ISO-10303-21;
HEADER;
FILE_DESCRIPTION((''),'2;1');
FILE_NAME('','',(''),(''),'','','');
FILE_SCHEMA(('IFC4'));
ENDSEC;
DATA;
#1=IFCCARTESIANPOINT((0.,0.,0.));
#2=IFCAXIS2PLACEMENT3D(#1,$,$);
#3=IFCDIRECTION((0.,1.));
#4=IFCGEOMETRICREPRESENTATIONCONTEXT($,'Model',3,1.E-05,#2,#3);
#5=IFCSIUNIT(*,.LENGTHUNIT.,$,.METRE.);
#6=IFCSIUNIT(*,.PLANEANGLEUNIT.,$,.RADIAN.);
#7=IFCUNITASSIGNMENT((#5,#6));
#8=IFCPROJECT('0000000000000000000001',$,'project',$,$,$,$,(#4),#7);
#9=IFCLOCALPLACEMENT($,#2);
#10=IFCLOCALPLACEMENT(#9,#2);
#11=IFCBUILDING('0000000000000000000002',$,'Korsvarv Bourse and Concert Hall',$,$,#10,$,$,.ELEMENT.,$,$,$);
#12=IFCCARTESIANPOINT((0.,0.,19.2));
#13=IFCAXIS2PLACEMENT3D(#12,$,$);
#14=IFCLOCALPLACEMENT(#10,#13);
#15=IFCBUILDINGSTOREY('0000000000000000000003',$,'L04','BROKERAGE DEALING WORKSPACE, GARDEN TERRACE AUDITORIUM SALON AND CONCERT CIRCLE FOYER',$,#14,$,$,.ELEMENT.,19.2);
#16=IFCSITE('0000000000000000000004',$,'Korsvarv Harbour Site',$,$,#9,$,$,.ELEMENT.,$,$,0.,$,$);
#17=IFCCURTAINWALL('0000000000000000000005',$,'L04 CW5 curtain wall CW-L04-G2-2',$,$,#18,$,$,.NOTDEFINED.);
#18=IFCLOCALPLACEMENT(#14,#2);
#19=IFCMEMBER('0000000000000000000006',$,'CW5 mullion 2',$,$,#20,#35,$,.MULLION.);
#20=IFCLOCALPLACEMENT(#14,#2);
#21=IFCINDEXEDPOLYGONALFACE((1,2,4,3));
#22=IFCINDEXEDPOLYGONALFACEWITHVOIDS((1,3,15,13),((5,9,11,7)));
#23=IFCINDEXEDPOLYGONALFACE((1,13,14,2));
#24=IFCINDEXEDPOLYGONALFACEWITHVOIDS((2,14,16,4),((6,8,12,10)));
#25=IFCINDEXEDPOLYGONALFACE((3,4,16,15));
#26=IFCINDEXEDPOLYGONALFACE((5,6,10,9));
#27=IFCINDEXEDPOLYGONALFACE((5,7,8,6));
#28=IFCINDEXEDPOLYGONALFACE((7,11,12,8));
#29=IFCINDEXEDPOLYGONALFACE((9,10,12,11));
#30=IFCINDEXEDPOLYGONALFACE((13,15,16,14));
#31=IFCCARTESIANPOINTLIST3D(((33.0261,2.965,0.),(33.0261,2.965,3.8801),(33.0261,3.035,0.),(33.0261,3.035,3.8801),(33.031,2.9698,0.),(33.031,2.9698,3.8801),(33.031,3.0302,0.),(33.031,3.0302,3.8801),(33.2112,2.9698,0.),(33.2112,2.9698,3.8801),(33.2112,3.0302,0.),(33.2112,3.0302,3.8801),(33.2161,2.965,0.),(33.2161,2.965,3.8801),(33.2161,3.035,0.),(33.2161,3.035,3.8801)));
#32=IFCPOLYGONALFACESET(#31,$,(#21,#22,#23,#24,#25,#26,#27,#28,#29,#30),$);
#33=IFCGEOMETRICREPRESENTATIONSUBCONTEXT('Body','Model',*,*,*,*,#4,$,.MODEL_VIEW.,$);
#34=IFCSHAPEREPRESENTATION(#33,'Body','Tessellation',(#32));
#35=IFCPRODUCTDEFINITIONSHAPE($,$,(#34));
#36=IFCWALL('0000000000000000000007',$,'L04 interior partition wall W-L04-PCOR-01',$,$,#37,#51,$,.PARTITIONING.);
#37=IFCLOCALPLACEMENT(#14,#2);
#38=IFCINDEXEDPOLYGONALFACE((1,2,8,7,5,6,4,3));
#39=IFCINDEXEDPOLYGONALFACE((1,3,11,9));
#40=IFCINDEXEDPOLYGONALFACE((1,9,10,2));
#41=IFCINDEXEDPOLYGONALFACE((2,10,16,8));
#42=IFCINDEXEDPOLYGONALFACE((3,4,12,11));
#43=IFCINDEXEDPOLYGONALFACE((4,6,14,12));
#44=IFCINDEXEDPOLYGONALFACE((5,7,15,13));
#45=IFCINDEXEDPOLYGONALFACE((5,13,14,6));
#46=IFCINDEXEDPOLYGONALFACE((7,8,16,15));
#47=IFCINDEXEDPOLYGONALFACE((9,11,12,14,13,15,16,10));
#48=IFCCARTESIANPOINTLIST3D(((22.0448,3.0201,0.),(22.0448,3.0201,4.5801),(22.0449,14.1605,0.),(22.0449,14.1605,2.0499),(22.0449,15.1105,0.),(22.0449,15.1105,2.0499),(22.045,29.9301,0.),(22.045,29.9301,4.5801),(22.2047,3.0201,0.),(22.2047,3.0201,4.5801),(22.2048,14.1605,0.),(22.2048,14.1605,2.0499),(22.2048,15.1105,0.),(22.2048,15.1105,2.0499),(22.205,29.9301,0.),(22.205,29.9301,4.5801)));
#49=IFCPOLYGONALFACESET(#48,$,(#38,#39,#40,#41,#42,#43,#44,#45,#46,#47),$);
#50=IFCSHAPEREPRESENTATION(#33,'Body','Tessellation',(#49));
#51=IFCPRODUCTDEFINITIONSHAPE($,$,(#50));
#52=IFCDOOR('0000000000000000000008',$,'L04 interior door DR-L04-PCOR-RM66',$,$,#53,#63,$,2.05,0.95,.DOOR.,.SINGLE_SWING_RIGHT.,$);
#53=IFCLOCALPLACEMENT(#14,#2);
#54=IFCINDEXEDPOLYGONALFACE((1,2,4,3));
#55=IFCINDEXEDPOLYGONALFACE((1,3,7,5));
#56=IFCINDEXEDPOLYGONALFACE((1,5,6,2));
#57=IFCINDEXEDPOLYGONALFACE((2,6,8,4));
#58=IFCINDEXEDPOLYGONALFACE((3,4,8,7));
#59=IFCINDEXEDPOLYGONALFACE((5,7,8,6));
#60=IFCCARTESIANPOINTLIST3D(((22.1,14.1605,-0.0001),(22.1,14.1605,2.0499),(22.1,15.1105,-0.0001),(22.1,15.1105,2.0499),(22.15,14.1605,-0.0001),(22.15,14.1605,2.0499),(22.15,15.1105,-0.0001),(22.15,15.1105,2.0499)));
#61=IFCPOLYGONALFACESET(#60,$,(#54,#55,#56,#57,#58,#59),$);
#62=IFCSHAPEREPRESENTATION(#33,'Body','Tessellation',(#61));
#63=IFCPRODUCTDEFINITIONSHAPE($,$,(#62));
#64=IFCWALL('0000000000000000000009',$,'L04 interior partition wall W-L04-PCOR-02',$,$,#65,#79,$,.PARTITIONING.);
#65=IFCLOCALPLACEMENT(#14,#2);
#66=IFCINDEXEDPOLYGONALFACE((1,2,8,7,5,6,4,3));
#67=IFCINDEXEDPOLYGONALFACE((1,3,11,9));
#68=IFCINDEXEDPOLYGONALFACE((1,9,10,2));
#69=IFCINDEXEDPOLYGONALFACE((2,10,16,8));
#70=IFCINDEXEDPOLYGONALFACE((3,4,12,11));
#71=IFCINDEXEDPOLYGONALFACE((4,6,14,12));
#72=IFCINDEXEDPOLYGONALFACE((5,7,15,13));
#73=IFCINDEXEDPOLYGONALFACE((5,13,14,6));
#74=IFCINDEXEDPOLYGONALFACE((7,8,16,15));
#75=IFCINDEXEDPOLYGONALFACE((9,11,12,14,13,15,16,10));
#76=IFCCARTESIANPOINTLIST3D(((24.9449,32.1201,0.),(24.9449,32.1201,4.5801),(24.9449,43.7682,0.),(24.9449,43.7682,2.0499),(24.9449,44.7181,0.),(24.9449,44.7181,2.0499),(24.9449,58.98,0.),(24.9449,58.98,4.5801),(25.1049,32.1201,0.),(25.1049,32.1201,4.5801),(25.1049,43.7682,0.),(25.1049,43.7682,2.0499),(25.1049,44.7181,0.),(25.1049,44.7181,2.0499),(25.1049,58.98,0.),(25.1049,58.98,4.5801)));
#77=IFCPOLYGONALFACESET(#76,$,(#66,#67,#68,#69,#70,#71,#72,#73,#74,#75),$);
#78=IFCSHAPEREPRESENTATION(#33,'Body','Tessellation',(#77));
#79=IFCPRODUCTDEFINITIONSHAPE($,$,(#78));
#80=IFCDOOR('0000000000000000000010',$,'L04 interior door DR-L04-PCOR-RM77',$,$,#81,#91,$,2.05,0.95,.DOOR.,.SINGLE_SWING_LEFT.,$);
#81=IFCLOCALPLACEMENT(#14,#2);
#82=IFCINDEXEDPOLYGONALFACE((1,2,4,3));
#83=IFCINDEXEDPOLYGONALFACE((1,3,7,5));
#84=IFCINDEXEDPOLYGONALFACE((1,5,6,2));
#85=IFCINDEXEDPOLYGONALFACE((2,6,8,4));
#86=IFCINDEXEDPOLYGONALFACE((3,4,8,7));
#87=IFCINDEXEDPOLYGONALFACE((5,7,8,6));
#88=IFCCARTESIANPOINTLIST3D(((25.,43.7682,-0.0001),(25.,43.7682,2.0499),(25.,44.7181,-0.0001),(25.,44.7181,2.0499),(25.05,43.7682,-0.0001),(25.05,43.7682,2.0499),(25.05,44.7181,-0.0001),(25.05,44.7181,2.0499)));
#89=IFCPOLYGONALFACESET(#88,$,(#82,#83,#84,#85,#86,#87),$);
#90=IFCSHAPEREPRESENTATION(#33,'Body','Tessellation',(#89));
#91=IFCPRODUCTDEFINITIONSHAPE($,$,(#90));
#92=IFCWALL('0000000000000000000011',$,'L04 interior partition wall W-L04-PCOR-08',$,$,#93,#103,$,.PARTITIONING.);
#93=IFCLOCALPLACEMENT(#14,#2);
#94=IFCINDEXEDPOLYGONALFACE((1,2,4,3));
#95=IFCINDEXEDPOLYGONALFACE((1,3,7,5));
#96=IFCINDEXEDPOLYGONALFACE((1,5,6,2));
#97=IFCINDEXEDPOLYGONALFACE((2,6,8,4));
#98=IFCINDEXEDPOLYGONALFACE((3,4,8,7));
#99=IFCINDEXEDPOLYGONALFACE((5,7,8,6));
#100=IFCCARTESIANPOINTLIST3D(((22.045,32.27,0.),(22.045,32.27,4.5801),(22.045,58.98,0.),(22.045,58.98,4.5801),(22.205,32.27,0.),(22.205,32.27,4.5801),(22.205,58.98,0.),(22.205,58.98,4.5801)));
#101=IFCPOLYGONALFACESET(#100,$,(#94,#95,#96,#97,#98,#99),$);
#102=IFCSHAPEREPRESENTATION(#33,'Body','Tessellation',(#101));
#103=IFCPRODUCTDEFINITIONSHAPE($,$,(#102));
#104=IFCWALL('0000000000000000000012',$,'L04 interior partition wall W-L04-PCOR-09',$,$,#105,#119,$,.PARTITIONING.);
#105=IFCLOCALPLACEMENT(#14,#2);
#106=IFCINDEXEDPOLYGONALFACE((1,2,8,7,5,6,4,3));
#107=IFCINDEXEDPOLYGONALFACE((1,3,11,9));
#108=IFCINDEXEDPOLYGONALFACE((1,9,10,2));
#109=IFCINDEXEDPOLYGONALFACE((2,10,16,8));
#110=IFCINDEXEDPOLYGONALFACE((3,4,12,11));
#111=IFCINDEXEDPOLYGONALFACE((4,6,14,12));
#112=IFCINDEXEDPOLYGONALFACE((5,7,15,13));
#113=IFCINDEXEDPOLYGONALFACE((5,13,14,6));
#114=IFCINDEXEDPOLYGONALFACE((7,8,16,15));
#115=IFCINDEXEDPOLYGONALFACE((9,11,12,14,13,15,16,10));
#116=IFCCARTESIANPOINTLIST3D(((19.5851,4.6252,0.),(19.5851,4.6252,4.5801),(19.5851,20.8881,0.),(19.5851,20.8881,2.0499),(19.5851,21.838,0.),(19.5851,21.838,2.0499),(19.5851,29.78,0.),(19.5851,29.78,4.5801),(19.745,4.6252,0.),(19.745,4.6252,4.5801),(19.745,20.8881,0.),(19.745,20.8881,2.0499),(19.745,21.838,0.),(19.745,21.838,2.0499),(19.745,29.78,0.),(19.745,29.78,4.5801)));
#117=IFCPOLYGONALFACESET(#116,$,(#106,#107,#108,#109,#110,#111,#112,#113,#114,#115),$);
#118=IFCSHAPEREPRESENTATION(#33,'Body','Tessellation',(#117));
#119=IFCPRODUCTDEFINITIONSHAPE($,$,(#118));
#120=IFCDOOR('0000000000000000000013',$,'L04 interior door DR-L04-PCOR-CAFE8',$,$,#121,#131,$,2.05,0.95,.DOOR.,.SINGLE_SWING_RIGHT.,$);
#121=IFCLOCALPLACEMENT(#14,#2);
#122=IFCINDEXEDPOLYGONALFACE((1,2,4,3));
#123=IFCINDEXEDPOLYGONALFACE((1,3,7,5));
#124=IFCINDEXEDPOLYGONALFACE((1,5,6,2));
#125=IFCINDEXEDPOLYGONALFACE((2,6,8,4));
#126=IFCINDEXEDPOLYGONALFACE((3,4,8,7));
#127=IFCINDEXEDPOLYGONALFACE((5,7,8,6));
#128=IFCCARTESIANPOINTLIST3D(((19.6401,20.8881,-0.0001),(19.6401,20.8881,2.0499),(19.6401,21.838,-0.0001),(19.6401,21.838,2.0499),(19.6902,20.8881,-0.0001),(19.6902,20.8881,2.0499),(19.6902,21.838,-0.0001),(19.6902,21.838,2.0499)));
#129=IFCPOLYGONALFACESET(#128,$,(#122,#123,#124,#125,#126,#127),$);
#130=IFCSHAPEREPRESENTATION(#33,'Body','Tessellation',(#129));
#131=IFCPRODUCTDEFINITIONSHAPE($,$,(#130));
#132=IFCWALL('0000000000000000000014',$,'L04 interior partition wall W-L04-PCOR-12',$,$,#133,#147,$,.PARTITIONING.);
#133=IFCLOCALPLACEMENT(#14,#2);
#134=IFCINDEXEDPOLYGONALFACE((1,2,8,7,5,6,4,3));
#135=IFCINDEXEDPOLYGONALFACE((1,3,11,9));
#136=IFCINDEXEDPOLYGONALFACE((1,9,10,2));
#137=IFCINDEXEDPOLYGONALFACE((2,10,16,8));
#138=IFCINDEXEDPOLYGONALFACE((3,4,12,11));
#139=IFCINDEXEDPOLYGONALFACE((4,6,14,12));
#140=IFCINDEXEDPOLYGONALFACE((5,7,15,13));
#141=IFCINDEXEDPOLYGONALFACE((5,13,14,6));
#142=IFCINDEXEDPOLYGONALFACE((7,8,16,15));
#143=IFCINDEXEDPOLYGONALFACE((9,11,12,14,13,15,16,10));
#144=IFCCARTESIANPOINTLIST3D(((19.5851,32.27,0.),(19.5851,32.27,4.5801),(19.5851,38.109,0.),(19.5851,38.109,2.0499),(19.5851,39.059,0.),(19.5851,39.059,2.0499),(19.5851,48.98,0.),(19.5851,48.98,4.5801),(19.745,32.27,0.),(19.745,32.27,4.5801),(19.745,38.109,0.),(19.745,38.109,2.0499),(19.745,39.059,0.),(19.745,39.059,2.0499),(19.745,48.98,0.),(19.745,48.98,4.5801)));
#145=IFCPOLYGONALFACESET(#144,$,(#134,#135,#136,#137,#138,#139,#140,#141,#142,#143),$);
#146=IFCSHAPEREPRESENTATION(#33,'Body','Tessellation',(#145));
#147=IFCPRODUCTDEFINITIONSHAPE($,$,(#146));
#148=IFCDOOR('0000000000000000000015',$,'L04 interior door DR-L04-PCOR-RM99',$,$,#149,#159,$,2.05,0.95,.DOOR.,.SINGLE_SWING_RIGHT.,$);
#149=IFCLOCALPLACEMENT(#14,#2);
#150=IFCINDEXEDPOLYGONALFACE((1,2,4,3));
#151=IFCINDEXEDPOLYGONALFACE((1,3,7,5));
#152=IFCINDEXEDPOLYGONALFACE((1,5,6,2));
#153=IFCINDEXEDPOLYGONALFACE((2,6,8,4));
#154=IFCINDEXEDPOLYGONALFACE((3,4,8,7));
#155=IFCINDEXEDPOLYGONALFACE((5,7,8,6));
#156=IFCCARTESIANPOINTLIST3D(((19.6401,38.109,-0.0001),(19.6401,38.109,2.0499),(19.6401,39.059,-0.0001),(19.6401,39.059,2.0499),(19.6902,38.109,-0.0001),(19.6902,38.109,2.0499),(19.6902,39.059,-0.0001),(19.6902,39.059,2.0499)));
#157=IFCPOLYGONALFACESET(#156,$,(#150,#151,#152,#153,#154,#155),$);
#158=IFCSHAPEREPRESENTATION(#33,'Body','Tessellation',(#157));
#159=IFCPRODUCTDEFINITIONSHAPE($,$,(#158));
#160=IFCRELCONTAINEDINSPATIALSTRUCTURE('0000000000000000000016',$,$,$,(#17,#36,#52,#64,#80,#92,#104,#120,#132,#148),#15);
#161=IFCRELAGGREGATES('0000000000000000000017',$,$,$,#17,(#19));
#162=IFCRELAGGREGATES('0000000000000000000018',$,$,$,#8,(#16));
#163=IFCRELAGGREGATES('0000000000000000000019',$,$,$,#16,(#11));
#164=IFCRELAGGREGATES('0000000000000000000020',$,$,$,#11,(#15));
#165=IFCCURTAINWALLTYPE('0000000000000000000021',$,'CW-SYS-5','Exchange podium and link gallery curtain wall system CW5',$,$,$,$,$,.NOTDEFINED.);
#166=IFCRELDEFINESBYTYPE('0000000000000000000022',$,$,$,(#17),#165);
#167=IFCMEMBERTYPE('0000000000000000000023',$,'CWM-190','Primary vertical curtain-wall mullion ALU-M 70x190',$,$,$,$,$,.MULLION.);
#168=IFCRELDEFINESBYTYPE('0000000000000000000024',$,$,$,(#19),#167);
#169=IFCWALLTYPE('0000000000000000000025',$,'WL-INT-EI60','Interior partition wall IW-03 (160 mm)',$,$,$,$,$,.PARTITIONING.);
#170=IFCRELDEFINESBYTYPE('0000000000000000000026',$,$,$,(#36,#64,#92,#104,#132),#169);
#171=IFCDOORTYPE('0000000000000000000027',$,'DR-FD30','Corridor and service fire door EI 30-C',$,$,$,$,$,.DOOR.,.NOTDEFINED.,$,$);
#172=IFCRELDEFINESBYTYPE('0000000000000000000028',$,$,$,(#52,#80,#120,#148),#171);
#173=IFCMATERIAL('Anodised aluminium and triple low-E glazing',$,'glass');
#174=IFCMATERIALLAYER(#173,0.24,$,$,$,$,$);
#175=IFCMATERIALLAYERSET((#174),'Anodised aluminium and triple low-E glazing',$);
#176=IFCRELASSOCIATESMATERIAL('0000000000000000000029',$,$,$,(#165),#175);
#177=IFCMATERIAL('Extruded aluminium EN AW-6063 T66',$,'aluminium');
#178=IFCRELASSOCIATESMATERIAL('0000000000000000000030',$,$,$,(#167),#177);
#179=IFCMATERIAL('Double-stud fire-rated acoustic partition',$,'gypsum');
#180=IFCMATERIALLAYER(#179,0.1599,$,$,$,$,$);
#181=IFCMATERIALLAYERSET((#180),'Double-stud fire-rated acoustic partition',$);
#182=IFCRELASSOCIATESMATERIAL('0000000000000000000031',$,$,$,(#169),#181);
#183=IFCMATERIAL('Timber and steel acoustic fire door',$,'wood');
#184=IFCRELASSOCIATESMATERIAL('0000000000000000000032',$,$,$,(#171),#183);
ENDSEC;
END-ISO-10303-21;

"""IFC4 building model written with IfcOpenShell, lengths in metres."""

from ifc_helpers import new_model, si_unit, direction, frame, frame_2d, origin, origin_2d, place, context, subcontext, project, spatial, rectangle, hollow_rectangle, extrude, source, transform, mapped, material, layer, layer_set, material_profile, profile_set, type_object, element, fill, aggregate, save


model = new_model("IFC4")

# Units and contexts
model_context = context("Model", 3, precision=1e-05, world=origin(), true_north=direction((0.0, 1.0)))
body_context = subcontext(model_context, "Body", "Model", "MODEL_VIEW")
ifc_project = project(units=[si_unit("LENGTHUNIT", "METRE"), si_unit("PLANEANGLEUNIT", "RADIAN")], contexts=[model_context])

# Site, building, storey
site_placement = place(None, origin())
site = spatial("IfcSite", under=ifc_project, at=site_placement, Name="Korsvarv Harbour Site", CompositionType="ELEMENT", RefElevation=0.0)
building_placement = place(site_placement, origin())
building = spatial("IfcBuilding", under=site, at=building_placement, Name="Korsvarv Bourse and Concert Hall", CompositionType="ELEMENT")
storey_placement = place(building_placement, frame((0.0, 0.0, 19.2)))
storey = spatial("IfcBuildingStorey", under=building, at=storey_placement, Name="L04", Description="BROKERAGE DEALING WORKSPACE, GARDEN TERRACE AUDITORIUM SALON AND CONCERT CIRCLE FOYER", CompositionType="ELEMENT", Elevation=19.2)

# Curtain wall, member
ifc_material_1 = material(Name="Anodised aluminium and triple low-E glazing", Category="glass")
ifc_layer_1 = layer(ifc_material_1, 0.24)
ifc_layer_set_1 = layer_set([ifc_layer_1], Name="Anodised aluminium and triple low-E glazing")
curtain_wall_type = type_object("IfcCurtainWallType", Name="CW-SYS-5", Description="Exchange podium and link gallery curtain wall system CW5", PredefinedType="NOTDEFINED", material=ifc_layer_set_1)
curtain_wall_placement = place(storey_placement, origin())
curtain_wall = element("IfcCurtainWall", 1, at=curtain_wall_placement, inside=storey, type_object=curtain_wall_type, Name="L04 CW5 curtain wall CW-L04-G2-2", PredefinedType="NOTDEFINED")
ifc_material_2 = material(Name="Extruded aluminium EN AW-6063 T66", Category="aluminium")
ifc_material_profile_1 = material_profile(ifc_material_2, hollow_rectangle(XDim=0.0701, YDim=0.1899, WallThickness=0.0049, at=origin_2d()), Name="ALU-M 70x190")
ifc_profile_set_1 = profile_set([ifc_material_profile_1], Name="Extruded aluminium EN AW-6063 T66")
member_type = type_object("IfcMemberType", Name="CWM-190", Description="Primary vertical curtain-wall mullion ALU-M 70x190", PredefinedType="MULLION", material=ifc_profile_set_1)
shared_shape_1 = source(origin(), body_context, "Body", "SweptSolid", [
    extrude(hollow_rectangle(XDim=0.0701, YDim=0.1899, WallThickness=0.0049, at=origin_2d()), origin(), (0.0, 0.0, 1.0), 3.8801),
])
member_placement = place(storey_placement, frame((33.1211, 3.0, 0.0), z_axis=(0.0, 0.0, 1.0), x_axis=(0.0, 1.0, 0.0)))
member = element("IfcMember", 2, at=member_placement, type_object=member_type, Name="CW5 mullion 2", PredefinedType="MULLION", context=body_context, shape_type="MappedRepresentation", body=[
    mapped(shared_shape_1, transform((0.0, 0.0, 0.0), scale=1.0)),
])
aggregate(curtain_wall, [member])

# Walls, openings, doors
ifc_material_3 = material(Name="Double-stud fire-rated acoustic partition", Category="gypsum")
ifc_layer_2 = layer(ifc_material_3, 0.1599)
ifc_layer_set_2 = layer_set([ifc_layer_2], Name="Double-stud fire-rated acoustic partition")
wall_type = type_object("IfcWallType", Name="WL-INT-EI60", Description="Interior partition wall IW-03 (160 mm)", PredefinedType="PARTITIONING", material=ifc_layer_set_2)
wall_1_placement = place(storey_placement, frame((22.1248, 3.02, 0.0), z_axis=(0.0, 0.0, 1.0), x_axis=(0.000009, 1.0, 0.0)))
wall_1 = element("IfcWall", 3, at=wall_1_placement, inside=storey, type_object=wall_type, Name="L04 interior partition wall W-L04-PCOR-01", PredefinedType="PARTITIONING", context=body_context, shape_type="SweptSolid", body=[
    extrude(rectangle(XDim=26.9099, YDim=0.1599, at=frame_2d((13.4551, 0.0))), origin(), (0.0, 0.0, 1.0), 4.5801),
])
opening_1_placement = place(wall_1_placement, frame((11.1404, 0.0, 0.0)))
opening_1 = element("IfcOpeningElement", 4, at=opening_1_placement, cuts=wall_1, PredefinedType="OPENING", context=body_context, shape_type="SweptSolid", body=[
    extrude(rectangle(XDim=0.95, YDim=2.05, at=frame_2d((0.4751, 1.0249))), frame((0.0, 0.0898, 0.0), z_axis=(0.0, -1.0, 0.0), x_axis=(1.0, 0.0, 0.0)), (0.0, 0.0, 1.0), 0.1799),
])
ifc_material_4 = material(Name="Timber and steel acoustic fire door", Category="wood")
door_type = type_object("IfcDoorType", Name="DR-FD30", Description="Corridor and service fire door EI 30-C", OperationType="NOTDEFINED", PredefinedType="DOOR", material=ifc_material_4)
door_1_placement = place(opening_1_placement, origin())
door_1 = element("IfcDoor", 5, at=door_1_placement, inside=storey, type_object=door_type, Name="L04 interior door DR-L04-PCOR-RM66", OperationType="SINGLE_SWING_RIGHT", OverallHeight=2.05, OverallWidth=0.95, PredefinedType="DOOR", context=body_context, shape_type="SweptSolid", body=[
    extrude(rectangle(XDim=0.95, YDim=2.05, at=frame_2d((0.4751, 1.0249))), frame((0.0, 0.0249, 0.0), z_axis=(0.0, -1.0, 0.0), x_axis=(1.0, 0.0, 0.0)), (0.0, 0.0, 1.0), 0.05),
])
fill(opening_1, door_1)
wall_2_placement = place(storey_placement, frame((25.0249, 32.1201, 0.0), z_axis=(0.0, 0.0, 1.0), x_axis=(0.0, 1.0, 0.0)))
wall_2 = element("IfcWall", 6, at=wall_2_placement, inside=storey, type_object=wall_type, Name="L04 interior partition wall W-L04-PCOR-02", PredefinedType="PARTITIONING", context=body_context, shape_type="SweptSolid", body=[
    extrude(rectangle(XDim=26.8599, YDim=0.1599, at=frame_2d((13.4299, 0.0))), origin(), (0.0, 0.0, 1.0), 4.5801),
])
opening_2_placement = place(wall_2_placement, frame((11.6479, 0.0, 0.0)))
opening_2 = element("IfcOpeningElement", 7, at=opening_2_placement, cuts=wall_2, PredefinedType="OPENING", context=body_context, shape_type="SweptSolid", body=[
    extrude(rectangle(XDim=0.95, YDim=2.05, at=frame_2d((0.4751, 1.0249))), frame((0.0, 0.0898, 0.0), z_axis=(0.0, -1.0, 0.0), x_axis=(1.0, 0.0, 0.0)), (0.0, 0.0, 1.0), 0.1799),
])
door_2_placement = place(opening_2_placement, origin())
door_2 = element("IfcDoor", 8, at=door_2_placement, inside=storey, type_object=door_type, Name="L04 interior door DR-L04-PCOR-RM77", OperationType="SINGLE_SWING_LEFT", OverallHeight=2.05, OverallWidth=0.95, PredefinedType="DOOR", context=body_context, shape_type="SweptSolid", body=[
    extrude(rectangle(XDim=0.95, YDim=2.05, at=frame_2d((0.4751, 1.0249))), frame((0.0, 0.0249, 0.0), z_axis=(0.0, -1.0, 0.0), x_axis=(1.0, 0.0, 0.0)), (0.0, 0.0, 1.0), 0.05),
])
fill(opening_2, door_2)

# Wall
wall_3_placement = place(storey_placement, frame((22.125, 32.27, 0.0), z_axis=(0.0, 0.0, 1.0), x_axis=(0.0, 1.0, 0.0)))
element("IfcWall", 9, at=wall_3_placement, inside=storey, type_object=wall_type, Name="L04 interior partition wall W-L04-PCOR-08", PredefinedType="PARTITIONING", context=body_context, shape_type="SweptSolid", body=[
    extrude(rectangle(XDim=26.71, YDim=0.1599, at=frame_2d((13.355, 0.0))), origin(), (0.0, 0.0, 1.0), 4.5801),
])

# Walls, openings, doors
wall_4_placement = place(storey_placement, frame((19.665, 4.6252, 0.0), z_axis=(0.0, 0.0, 1.0), x_axis=(0.0, 1.0, 0.0)))
wall_4 = element("IfcWall", 10, at=wall_4_placement, inside=storey, type_object=wall_type, Name="L04 interior partition wall W-L04-PCOR-09", PredefinedType="PARTITIONING", context=body_context, shape_type="SweptSolid", body=[
    extrude(rectangle(XDim=25.1548, YDim=0.1599, at=frame_2d((12.5774, 0.0))), origin(), (0.0, 0.0, 1.0), 4.5801),
])
opening_3_placement = place(wall_4_placement, frame((16.2627, 0.0, 0.0)))
opening_3 = element("IfcOpeningElement", 11, at=opening_3_placement, cuts=wall_4, PredefinedType="OPENING", context=body_context, shape_type="SweptSolid", body=[
    extrude(rectangle(XDim=0.95, YDim=2.05, at=frame_2d((0.4751, 1.0249))), frame((0.0, 0.0898, 0.0), z_axis=(0.0, -1.0, 0.0), x_axis=(1.0, 0.0, 0.0)), (0.0, 0.0, 1.0), 0.1799),
])
door_3_placement = place(opening_3_placement, origin())
door_3 = element("IfcDoor", 12, at=door_3_placement, inside=storey, type_object=door_type, Name="L04 interior door DR-L04-PCOR-CAFE8", OperationType="SINGLE_SWING_RIGHT", OverallHeight=2.05, OverallWidth=0.95, PredefinedType="DOOR", context=body_context, shape_type="SweptSolid", body=[
    extrude(rectangle(XDim=0.95, YDim=2.05, at=frame_2d((0.4751, 1.0249))), frame((0.0, 0.0249, 0.0), z_axis=(0.0, -1.0, 0.0), x_axis=(1.0, 0.0, 0.0)), (0.0, 0.0, 1.0), 0.05),
])
fill(opening_3, door_3)
wall_5_placement = place(storey_placement, frame((19.665, 32.27, 0.0), z_axis=(0.0, 0.0, 1.0), x_axis=(0.0, 1.0, 0.0)))
wall_5 = element("IfcWall", 13, at=wall_5_placement, inside=storey, type_object=wall_type, Name="L04 interior partition wall W-L04-PCOR-12", PredefinedType="PARTITIONING", context=body_context, shape_type="SweptSolid", body=[
    extrude(rectangle(XDim=16.71, YDim=0.1599, at=frame_2d((8.355, 0.0))), origin(), (0.0, 0.0, 1.0), 4.5801),
])
opening_4_placement = place(wall_5_placement, frame((5.8389, 0.0, 0.0)))
opening_4 = element("IfcOpeningElement", 14, at=opening_4_placement, cuts=wall_5, PredefinedType="OPENING", context=body_context, shape_type="SweptSolid", body=[
    extrude(rectangle(XDim=0.95, YDim=2.05, at=frame_2d((0.4751, 1.0249))), frame((0.0, 0.0898, 0.0), z_axis=(0.0, -1.0, 0.0), x_axis=(1.0, 0.0, 0.0)), (0.0, 0.0, 1.0), 0.1799),
])
door_4_placement = place(opening_4_placement, origin())
door_4 = element("IfcDoor", 15, at=door_4_placement, inside=storey, type_object=door_type, Name="L04 interior door DR-L04-PCOR-RM99", OperationType="SINGLE_SWING_RIGHT", OverallHeight=2.05, OverallWidth=0.95, PredefinedType="DOOR", context=body_context, shape_type="SweptSolid", body=[
    extrude(rectangle(XDim=0.95, YDim=2.05, at=frame_2d((0.4751, 1.0249))), frame((0.0, 0.0249, 0.0), z_axis=(0.0, -1.0, 0.0), x_axis=(1.0, 0.0, 0.0)), (0.0, 0.0, 1.0), 0.05),
])
fill(opening_4, door_4)

save(model, "model.ifc")
